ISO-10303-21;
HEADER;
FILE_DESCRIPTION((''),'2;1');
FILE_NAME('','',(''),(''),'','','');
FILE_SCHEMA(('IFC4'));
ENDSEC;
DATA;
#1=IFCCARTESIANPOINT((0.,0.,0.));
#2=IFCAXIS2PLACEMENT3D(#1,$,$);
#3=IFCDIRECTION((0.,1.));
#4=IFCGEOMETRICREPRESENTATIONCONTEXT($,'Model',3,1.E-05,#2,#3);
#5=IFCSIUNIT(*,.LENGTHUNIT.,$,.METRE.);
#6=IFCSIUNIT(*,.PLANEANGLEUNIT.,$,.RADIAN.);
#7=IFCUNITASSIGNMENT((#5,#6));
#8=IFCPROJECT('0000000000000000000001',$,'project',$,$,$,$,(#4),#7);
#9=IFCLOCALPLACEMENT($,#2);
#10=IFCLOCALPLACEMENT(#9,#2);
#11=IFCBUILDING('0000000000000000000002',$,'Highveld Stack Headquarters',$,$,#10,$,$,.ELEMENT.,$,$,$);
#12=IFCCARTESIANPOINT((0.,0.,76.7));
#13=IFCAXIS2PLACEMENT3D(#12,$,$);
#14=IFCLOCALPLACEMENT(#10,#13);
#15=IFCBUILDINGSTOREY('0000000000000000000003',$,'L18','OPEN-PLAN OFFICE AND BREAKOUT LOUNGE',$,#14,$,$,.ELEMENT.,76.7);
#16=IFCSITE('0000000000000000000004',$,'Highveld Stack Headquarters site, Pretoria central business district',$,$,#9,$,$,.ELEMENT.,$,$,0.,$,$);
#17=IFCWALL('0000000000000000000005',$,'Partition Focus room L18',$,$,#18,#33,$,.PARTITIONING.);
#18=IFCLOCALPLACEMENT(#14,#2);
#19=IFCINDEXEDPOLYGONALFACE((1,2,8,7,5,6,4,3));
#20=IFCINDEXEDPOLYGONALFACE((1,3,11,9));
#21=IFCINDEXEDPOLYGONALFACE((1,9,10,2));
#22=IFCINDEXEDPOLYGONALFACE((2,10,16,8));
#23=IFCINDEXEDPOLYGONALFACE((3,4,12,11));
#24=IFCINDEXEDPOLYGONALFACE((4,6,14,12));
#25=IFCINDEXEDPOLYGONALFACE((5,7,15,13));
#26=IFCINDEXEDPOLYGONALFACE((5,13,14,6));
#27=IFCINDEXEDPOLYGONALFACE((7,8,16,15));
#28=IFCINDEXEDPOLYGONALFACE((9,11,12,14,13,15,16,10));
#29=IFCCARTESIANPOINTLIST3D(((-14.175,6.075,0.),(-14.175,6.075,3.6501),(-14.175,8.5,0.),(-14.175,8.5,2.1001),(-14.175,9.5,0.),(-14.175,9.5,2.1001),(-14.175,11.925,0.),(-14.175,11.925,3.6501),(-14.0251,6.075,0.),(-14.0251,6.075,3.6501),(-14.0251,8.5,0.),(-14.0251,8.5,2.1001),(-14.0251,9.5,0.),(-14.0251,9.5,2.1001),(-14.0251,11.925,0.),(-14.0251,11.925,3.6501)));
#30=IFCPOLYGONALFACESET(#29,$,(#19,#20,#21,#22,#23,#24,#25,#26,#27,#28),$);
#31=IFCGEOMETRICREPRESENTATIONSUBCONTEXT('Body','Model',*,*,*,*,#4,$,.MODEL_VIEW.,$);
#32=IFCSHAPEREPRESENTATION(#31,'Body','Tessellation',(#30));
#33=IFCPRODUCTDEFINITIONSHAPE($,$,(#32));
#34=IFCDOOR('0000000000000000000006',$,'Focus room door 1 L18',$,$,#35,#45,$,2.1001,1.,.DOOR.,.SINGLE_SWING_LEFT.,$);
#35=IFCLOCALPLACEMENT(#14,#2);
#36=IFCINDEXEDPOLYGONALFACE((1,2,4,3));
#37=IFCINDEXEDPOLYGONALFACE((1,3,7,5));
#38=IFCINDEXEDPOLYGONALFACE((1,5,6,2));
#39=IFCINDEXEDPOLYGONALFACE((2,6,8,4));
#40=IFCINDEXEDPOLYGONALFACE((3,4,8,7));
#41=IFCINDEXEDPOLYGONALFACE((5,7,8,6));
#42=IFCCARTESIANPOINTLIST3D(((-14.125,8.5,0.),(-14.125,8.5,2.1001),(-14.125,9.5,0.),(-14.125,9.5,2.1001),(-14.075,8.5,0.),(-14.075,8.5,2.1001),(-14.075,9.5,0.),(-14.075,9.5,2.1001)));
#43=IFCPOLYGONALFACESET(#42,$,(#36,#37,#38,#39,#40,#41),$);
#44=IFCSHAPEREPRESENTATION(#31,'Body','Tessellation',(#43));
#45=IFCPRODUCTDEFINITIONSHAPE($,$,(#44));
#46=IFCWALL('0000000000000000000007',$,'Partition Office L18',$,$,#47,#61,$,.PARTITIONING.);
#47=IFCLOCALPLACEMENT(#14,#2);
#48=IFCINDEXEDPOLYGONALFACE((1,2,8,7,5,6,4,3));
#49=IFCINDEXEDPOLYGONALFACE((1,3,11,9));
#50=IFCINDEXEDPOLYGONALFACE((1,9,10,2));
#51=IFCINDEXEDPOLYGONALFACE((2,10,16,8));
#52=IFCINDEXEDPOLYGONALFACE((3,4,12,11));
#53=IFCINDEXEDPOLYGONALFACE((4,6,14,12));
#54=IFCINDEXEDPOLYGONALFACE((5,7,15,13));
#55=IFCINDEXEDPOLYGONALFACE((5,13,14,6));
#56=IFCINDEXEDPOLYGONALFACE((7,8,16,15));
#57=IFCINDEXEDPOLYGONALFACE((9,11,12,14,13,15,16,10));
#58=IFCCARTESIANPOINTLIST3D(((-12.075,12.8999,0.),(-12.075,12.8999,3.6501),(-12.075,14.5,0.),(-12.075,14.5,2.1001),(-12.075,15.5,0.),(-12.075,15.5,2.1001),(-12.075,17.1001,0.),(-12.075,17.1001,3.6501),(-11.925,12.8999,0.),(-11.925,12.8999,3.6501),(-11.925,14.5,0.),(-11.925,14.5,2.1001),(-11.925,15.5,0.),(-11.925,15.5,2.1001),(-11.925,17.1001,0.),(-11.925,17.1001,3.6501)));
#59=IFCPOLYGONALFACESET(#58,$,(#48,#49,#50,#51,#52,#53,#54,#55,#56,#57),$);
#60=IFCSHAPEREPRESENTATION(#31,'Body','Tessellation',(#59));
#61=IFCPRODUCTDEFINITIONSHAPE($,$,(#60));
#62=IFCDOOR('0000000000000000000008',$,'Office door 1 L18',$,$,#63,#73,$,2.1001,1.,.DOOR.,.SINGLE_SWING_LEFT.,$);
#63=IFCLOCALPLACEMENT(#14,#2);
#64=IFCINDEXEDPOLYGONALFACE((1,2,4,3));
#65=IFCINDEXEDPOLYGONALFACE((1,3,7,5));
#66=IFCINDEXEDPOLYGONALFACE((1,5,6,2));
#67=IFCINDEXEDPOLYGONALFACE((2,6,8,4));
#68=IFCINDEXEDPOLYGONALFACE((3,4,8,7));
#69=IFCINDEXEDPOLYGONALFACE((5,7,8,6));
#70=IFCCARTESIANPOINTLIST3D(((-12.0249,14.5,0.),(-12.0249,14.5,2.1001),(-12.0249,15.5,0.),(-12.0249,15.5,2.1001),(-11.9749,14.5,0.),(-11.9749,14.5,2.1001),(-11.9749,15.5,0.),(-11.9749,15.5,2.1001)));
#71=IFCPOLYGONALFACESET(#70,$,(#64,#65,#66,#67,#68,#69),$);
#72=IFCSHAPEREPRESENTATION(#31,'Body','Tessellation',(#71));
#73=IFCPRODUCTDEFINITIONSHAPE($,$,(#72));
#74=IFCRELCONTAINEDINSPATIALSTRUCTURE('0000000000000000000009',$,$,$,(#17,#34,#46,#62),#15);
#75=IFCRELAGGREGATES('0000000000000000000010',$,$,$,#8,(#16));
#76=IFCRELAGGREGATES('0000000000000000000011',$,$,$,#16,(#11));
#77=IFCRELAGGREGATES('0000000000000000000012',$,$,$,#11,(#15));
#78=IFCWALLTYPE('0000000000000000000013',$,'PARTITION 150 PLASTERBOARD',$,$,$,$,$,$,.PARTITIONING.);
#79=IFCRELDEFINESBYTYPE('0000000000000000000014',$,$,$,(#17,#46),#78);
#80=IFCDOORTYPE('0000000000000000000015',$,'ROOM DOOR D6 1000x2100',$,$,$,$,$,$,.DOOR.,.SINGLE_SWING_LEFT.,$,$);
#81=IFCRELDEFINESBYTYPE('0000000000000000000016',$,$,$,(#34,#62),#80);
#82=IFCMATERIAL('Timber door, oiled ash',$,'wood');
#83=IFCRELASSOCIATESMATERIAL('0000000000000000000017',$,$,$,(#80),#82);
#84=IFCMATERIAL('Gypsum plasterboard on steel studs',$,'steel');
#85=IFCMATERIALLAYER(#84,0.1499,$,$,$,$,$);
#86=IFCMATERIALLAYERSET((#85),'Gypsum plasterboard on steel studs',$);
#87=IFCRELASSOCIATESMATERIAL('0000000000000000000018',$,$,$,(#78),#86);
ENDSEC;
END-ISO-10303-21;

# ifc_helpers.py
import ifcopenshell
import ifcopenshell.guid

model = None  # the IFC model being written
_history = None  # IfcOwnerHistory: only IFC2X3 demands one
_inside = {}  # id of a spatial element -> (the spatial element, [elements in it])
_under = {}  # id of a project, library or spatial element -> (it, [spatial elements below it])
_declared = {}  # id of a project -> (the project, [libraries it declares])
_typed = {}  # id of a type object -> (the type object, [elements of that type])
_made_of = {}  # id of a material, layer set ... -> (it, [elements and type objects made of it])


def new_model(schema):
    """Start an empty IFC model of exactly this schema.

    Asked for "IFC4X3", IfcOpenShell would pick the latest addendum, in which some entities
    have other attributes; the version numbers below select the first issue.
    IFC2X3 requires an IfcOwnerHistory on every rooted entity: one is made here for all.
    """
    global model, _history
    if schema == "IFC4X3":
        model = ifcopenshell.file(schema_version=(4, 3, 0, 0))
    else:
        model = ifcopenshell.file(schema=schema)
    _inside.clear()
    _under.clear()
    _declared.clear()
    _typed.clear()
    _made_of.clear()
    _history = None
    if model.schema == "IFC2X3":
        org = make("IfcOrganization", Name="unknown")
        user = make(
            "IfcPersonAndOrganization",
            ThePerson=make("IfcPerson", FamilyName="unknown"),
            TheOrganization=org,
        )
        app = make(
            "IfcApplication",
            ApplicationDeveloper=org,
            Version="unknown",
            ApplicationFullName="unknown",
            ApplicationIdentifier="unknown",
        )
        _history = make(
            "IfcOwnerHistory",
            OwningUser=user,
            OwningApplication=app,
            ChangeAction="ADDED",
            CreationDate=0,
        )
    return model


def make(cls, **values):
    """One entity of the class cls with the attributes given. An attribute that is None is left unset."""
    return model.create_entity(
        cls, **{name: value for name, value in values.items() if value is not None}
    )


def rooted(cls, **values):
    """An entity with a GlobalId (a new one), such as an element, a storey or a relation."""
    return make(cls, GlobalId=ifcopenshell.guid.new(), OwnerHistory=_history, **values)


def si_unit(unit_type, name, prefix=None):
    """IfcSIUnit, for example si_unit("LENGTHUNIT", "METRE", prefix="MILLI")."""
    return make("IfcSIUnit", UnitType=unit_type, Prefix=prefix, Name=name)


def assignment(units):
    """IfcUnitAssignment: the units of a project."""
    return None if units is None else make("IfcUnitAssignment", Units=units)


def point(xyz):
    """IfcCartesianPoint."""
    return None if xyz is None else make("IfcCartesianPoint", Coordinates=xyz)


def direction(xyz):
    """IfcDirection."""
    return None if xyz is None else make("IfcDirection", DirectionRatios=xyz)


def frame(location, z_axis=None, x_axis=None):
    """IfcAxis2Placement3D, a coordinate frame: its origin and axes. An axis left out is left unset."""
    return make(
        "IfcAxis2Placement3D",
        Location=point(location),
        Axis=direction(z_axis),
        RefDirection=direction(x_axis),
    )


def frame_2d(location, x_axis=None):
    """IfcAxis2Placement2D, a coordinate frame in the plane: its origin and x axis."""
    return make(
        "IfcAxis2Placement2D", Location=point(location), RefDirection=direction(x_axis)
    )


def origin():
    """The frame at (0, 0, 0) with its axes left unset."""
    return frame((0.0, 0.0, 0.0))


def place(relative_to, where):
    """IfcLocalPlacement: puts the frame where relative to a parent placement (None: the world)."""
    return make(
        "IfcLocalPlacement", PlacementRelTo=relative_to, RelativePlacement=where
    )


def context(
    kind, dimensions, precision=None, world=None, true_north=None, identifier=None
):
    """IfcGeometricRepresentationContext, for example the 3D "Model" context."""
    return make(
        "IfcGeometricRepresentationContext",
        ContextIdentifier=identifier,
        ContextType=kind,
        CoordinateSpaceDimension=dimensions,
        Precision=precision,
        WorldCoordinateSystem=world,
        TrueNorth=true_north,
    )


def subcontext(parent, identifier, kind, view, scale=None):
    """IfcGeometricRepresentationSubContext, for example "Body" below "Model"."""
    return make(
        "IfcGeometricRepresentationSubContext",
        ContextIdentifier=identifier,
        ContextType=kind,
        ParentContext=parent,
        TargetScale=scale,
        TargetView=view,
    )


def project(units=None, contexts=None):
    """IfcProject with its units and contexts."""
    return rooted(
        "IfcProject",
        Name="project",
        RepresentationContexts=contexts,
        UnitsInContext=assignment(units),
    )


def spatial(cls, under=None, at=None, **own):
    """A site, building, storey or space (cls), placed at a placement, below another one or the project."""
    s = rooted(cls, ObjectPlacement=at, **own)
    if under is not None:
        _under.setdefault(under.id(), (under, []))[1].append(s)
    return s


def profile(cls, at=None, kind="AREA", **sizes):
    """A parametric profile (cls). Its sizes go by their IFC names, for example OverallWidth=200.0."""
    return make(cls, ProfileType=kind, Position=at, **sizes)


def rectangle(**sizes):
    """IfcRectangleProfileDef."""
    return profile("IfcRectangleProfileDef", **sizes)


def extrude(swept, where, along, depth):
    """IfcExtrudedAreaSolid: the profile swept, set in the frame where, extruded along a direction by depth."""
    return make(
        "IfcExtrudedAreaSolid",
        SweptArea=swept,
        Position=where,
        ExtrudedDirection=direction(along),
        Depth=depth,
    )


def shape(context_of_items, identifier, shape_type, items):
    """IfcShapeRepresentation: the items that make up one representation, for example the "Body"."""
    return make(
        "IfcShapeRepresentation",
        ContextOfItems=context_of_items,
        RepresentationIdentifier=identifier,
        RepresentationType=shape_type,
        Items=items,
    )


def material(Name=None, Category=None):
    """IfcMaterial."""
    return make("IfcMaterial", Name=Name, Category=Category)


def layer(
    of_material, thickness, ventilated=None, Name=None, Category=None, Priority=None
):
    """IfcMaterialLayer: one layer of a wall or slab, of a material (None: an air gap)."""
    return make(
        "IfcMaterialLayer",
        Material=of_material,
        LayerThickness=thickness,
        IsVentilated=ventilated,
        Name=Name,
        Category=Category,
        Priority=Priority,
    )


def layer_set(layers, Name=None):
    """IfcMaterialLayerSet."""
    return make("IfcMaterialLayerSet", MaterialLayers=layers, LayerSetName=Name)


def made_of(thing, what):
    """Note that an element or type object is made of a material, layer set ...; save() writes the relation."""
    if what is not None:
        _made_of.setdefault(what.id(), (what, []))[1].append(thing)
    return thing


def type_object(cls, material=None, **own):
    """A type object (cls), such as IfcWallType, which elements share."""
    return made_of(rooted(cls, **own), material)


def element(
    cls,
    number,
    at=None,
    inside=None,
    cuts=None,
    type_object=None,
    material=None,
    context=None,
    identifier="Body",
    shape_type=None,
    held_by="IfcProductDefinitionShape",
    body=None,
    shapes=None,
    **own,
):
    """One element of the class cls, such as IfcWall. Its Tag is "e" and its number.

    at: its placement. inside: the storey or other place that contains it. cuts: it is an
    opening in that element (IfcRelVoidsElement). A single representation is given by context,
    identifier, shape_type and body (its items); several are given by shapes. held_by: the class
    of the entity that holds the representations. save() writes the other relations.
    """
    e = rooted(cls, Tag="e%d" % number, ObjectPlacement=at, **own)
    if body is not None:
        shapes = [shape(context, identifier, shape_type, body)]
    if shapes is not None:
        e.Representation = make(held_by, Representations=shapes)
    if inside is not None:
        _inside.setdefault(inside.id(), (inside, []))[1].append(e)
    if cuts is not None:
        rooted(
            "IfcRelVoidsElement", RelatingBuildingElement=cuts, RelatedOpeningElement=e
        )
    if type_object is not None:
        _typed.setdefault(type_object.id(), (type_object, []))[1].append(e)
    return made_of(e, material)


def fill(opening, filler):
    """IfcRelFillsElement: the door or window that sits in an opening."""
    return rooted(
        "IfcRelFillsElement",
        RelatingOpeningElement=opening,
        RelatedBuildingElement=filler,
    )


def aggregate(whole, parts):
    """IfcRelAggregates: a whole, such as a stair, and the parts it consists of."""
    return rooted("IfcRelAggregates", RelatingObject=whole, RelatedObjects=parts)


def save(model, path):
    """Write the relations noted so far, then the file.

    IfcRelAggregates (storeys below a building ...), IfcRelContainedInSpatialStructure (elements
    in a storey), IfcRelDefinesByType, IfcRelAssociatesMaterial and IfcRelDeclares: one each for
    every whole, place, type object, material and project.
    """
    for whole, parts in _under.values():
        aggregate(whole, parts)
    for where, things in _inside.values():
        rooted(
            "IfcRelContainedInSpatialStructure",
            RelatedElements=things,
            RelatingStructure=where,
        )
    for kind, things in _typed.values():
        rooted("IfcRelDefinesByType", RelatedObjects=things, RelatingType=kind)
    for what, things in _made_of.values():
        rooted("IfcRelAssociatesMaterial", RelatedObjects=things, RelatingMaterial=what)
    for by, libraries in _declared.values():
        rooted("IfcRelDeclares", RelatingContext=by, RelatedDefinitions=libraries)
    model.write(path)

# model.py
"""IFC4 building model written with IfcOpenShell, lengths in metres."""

from ifc_helpers import new_model, si_unit, direction, frame, frame_2d, origin, place, context, subcontext, project, spatial, rectangle, extrude, material, layer, layer_set, type_object, element, fill, save


model = new_model("IFC4")

# Units and contexts
model_context = context("Model", 3, precision=1e-05, world=origin(), true_north=direction((0.0, 1.0)))
body_context = subcontext(model_context, "Body", "Model", "MODEL_VIEW")
ifc_project = project(units=[si_unit("LENGTHUNIT", "METRE"), si_unit("PLANEANGLEUNIT", "RADIAN")], contexts=[model_context])

# Site, building, storey
site_placement = place(None, origin())
site = spatial("IfcSite", under=ifc_project, at=site_placement, Name="Highveld Stack Headquarters site, Pretoria central business district", CompositionType="ELEMENT", RefElevation=0.0)
building_placement = place(site_placement, origin())
building = spatial("IfcBuilding", under=site, at=building_placement, Name="Highveld Stack Headquarters", CompositionType="ELEMENT")
storey_placement = place(building_placement, frame((0.0, 0.0, 76.7)))
storey = spatial("IfcBuildingStorey", under=building, at=storey_placement, Name="L18", Description="OPEN-PLAN OFFICE AND BREAKOUT LOUNGE", CompositionType="ELEMENT", Elevation=76.7)

# Shared definitions
ifc_material_1 = material(Name="Timber door, oiled ash", Category="wood")
door_type = type_object("IfcDoorType", Name="ROOM DOOR D6 1000x2100", OperationType="SINGLE_SWING_LEFT", PredefinedType="DOOR", material=ifc_material_1)

# Shared definitions
ifc_material_2 = material(Name="Gypsum plasterboard on steel studs", Category="steel")
ifc_layer_1 = layer(ifc_material_2, 0.1499)
ifc_layer_set_1 = layer_set([ifc_layer_1], Name="Gypsum plasterboard on steel studs")
wall_type_1 = type_object("IfcWallType", Name="PARTITION 150 PLASTERBOARD", PredefinedType="PARTITIONING", material=ifc_layer_set_1)

# Walls, openings, doors
wall_1_placement = place(storey_placement, frame((-14.1001, 6.075, 0.0), z_axis=(0.0, 0.0, 1.0), x_axis=(0.0, 1.0, 0.0)))
wall_1 = element("IfcWall", 1, at=wall_1_placement, inside=storey, type_object=wall_type_1, Name="Partition Focus room L18", PredefinedType="PARTITIONING", context=body_context, shape_type="SweptSolid", body=[
    extrude(rectangle(XDim=5.8501, YDim=0.1499, at=frame_2d((2.925, 0.0))), origin(), (0.0, 0.0, 1.0), 3.6501),
])
opening_1_placement = place(wall_1_placement, frame((2.425, 0.0, 0.0)))
opening_1 = element("IfcOpeningElement", 2, at=opening_1_placement, cuts=wall_1, PredefinedType="OPENING", context=body_context, shape_type="SweptSolid", body=[
    extrude(rectangle(XDim=1.0, YDim=2.1001, at=frame_2d((0.5, 1.05))), frame((0.0, 0.085, 0.0), z_axis=(0.0, -1.0, 0.0), x_axis=(1.0, 0.0, 0.0)), (0.0, 0.0, 1.0), 0.1699),
])
door_1_placement = place(opening_1_placement, origin())
door_1 = element("IfcDoor", 3, at=door_1_placement, inside=storey, type_object=door_type, Name="Focus room door 1 L18", OperationType="SINGLE_SWING_LEFT", OverallHeight=2.1001, OverallWidth=1.0, PredefinedType="DOOR", context=body_context, shape_type="SweptSolid", body=[
    extrude(rectangle(XDim=1.0, YDim=2.1001, at=frame_2d((0.5, 1.05))), frame((0.0, 0.0249, 0.0), z_axis=(0.0, -1.0, 0.0), x_axis=(1.0, 0.0, 0.0)), (0.0, 0.0, 1.0), 0.05),
])
fill(opening_1, door_1)
wall_2_placement = place(storey_placement, frame((-12.0, 12.8999, 0.0), z_axis=(0.0, 0.0, 1.0), x_axis=(0.0, 1.0, 0.0)))
wall_2 = element("IfcWall", 4, at=wall_2_placement, inside=storey, type_object=wall_type_1, Name="Partition Office L18", PredefinedType="PARTITIONING", context=body_context, shape_type="SweptSolid", body=[
    extrude(rectangle(XDim=4.2002, YDim=0.1499, at=frame_2d((2.1001, 0.0))), origin(), (0.0, 0.0, 1.0), 3.6501),
])
opening_2_placement = place(wall_2_placement, frame((1.6001, 0.0, 0.0)))
opening_2 = element("IfcOpeningElement", 5, at=opening_2_placement, cuts=wall_2, PredefinedType="OPENING", context=body_context, shape_type="SweptSolid", body=[
    extrude(rectangle(XDim=1.0, YDim=2.1001, at=frame_2d((0.5, 1.05))), frame((0.0, 0.085, 0.0), z_axis=(0.0, -1.0, 0.0), x_axis=(1.0, 0.0, 0.0)), (0.0, 0.0, 1.0), 0.1699),
])
door_2_placement = place(opening_2_placement, origin())
door_2 = element("IfcDoor", 6, at=door_2_placement, inside=storey, type_object=door_type, Name="Office door 1 L18", OperationType="SINGLE_SWING_LEFT", OverallHeight=2.1001, OverallWidth=1.0, PredefinedType="DOOR", context=body_context, shape_type="SweptSolid", body=[
    extrude(rectangle(XDim=1.0, YDim=2.1001, at=frame_2d((0.5, 1.05))), frame((0.0, 0.0249, 0.0), z_axis=(0.0, -1.0, 0.0), x_axis=(1.0, 0.0, 0.0)), (0.0, 0.0, 1.0), 0.05),
])
fill(opening_2, door_2)

save(model, "model.ifc")
